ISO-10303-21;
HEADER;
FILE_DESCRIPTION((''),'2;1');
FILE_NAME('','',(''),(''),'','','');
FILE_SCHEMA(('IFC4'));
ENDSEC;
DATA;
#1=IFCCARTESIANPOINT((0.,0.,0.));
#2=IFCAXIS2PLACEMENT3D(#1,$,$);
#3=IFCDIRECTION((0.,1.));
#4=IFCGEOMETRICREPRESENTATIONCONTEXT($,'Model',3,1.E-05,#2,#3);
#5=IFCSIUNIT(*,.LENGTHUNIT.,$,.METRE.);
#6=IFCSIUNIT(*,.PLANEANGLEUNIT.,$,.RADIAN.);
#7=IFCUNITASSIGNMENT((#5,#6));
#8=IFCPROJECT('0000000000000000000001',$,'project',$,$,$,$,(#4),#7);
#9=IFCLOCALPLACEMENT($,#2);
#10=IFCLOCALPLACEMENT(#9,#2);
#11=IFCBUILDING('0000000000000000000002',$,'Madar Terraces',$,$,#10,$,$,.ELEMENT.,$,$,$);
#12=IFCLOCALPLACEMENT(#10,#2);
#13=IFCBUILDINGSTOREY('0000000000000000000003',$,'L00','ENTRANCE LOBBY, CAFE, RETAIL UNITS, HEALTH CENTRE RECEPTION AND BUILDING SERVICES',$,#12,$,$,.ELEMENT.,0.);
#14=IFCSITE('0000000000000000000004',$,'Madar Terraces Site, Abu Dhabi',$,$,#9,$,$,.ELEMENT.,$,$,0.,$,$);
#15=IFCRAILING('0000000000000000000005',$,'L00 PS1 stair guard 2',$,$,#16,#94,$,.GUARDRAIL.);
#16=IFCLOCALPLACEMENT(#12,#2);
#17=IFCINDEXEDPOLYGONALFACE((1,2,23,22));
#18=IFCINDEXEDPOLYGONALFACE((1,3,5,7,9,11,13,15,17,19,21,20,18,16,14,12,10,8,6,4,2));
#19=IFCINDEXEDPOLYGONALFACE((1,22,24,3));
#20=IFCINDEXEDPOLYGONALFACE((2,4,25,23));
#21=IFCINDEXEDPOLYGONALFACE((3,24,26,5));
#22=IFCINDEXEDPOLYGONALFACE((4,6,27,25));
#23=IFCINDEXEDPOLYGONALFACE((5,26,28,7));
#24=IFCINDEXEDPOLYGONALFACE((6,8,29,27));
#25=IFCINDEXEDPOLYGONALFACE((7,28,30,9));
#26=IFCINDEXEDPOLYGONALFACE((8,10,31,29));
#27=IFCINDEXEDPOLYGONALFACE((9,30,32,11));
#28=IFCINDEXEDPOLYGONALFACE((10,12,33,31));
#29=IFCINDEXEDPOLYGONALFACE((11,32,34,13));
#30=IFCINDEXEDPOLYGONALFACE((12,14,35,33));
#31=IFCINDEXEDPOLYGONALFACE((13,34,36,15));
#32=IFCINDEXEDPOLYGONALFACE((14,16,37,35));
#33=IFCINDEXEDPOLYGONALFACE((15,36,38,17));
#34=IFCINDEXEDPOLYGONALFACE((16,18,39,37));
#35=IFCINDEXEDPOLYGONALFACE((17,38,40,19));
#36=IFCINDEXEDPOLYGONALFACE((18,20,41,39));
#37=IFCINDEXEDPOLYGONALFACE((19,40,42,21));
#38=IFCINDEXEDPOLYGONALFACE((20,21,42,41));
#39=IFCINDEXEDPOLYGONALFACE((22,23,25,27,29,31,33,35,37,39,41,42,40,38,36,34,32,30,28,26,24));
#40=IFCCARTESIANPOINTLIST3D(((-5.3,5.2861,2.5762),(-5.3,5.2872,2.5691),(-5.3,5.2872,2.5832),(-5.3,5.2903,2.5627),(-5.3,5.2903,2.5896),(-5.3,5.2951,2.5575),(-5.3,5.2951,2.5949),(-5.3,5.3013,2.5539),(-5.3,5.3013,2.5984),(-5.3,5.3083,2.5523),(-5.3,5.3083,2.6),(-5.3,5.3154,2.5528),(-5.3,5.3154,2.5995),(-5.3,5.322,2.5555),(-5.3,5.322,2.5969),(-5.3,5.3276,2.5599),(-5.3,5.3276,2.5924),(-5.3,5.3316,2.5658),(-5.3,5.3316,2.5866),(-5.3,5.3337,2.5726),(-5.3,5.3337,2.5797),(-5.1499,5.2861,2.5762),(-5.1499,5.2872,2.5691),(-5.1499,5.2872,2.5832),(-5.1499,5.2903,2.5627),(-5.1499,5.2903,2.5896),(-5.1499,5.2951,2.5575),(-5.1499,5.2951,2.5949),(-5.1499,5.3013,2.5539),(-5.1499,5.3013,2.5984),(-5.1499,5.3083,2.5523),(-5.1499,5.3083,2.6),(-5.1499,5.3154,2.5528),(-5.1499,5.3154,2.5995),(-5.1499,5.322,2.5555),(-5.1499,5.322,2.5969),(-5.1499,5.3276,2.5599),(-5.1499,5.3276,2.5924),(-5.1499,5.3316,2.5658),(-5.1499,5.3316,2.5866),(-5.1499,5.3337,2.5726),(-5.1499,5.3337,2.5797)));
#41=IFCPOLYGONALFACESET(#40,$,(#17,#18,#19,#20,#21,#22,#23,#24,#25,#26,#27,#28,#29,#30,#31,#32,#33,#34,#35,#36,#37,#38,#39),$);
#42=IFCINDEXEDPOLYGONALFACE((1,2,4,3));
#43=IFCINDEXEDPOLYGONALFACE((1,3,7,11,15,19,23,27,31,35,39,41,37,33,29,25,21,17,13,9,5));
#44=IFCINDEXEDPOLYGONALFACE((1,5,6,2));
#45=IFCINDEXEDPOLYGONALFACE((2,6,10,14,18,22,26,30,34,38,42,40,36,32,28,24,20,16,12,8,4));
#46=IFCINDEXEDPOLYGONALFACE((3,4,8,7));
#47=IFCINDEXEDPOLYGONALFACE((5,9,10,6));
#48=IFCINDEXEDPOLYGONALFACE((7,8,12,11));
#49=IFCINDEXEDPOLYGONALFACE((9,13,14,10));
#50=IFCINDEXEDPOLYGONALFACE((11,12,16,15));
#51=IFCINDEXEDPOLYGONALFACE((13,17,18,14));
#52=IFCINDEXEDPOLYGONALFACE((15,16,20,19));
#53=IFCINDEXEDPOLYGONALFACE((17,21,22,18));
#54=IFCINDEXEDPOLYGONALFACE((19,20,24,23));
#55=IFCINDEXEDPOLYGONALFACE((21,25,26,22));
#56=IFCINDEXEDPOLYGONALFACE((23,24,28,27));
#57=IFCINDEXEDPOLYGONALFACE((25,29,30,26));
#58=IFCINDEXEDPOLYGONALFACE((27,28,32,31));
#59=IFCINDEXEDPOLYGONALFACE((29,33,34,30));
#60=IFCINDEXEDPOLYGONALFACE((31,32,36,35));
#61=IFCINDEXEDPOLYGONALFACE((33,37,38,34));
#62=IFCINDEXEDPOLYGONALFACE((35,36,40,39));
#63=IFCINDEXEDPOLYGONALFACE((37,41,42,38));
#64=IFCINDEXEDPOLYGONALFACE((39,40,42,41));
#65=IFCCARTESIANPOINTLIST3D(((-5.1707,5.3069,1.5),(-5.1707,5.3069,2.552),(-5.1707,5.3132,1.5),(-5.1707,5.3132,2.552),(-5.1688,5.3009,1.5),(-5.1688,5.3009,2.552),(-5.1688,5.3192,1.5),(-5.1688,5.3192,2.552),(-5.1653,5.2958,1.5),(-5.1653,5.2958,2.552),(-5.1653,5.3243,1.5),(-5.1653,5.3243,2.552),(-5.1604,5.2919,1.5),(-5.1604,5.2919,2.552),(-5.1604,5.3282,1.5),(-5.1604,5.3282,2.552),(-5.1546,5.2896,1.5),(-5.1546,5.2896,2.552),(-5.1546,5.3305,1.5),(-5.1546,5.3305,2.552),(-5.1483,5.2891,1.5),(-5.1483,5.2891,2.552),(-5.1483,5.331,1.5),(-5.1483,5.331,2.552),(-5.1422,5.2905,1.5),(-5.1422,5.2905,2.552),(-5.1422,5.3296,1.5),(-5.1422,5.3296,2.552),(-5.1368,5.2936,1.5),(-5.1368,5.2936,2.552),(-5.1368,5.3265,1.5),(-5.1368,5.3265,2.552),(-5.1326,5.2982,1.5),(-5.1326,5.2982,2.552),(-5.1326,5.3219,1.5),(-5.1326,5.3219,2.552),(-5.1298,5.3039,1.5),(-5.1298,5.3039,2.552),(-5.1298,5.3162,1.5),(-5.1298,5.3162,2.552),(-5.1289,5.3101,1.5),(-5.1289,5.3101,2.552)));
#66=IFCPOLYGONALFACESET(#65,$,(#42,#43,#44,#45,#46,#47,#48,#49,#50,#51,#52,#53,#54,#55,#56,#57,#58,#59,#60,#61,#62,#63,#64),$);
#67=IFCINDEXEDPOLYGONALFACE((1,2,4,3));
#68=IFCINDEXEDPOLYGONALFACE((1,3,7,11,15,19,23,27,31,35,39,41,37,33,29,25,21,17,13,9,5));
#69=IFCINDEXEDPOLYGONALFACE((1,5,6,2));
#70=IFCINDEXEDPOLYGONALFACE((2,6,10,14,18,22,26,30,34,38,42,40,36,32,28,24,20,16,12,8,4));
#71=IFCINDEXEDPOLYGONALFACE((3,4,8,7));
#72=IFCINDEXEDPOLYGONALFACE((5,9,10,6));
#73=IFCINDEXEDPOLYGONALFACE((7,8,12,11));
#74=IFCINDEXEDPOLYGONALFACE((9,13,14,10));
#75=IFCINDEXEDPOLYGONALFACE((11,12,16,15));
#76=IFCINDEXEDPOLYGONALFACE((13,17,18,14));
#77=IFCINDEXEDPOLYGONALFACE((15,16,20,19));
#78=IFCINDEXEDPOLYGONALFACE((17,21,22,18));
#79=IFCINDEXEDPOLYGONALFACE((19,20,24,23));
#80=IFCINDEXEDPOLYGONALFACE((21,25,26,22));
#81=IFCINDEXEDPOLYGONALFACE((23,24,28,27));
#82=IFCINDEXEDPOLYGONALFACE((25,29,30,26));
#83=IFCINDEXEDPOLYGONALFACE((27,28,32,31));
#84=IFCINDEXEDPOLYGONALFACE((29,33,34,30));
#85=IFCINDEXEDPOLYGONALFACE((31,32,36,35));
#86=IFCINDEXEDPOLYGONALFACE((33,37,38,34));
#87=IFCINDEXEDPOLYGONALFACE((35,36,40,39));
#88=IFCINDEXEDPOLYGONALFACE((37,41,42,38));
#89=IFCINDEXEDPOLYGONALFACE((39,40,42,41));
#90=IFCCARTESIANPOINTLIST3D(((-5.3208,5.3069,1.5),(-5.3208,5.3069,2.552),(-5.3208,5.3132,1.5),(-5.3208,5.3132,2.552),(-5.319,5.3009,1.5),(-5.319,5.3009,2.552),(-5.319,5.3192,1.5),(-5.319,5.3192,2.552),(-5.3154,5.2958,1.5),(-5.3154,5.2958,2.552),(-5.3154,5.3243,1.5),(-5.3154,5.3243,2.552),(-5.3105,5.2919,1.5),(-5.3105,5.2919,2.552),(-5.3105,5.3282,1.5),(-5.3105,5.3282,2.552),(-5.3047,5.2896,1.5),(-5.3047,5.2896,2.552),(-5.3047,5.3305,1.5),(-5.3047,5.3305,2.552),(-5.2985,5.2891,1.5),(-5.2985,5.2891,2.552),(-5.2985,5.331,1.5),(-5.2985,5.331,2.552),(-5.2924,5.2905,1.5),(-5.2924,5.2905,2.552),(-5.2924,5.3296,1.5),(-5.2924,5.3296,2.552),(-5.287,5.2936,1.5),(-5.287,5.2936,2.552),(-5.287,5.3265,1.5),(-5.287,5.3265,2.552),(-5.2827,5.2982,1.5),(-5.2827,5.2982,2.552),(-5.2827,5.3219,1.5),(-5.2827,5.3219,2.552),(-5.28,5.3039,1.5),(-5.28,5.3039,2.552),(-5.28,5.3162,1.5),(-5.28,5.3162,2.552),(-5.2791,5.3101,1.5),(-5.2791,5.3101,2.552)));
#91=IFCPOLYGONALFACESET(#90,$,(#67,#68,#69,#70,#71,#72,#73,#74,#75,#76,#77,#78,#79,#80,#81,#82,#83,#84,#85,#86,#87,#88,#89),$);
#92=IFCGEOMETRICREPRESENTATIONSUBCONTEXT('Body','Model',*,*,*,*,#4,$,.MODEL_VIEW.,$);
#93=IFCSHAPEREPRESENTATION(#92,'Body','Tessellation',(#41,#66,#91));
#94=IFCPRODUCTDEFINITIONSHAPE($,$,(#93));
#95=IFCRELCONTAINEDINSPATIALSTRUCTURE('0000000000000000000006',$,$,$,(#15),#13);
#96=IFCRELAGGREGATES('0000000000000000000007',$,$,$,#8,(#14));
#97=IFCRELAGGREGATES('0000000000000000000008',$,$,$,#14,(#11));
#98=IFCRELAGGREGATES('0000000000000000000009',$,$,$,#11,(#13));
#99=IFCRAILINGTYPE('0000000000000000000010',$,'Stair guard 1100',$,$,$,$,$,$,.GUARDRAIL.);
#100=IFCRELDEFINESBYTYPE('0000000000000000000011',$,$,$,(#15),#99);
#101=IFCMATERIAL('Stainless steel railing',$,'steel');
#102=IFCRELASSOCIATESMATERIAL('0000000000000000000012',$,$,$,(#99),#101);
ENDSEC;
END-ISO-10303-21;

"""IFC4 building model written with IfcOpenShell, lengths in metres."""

from ifc_helpers import new_model, si_unit, direction, frame, origin, origin_2d, place, context, subcontext, project, spatial, circle, extrude, material, type_object, element, save


model = new_model("IFC4")

# Units and contexts
model_context = context("Model", 3, precision=1e-05, world=origin(), true_north=direction((0.0, 1.0)))
body_context = subcontext(model_context, "Body", "Model", "MODEL_VIEW")
ifc_project = project(units=[si_unit("LENGTHUNIT", "METRE"), si_unit("PLANEANGLEUNIT", "RADIAN")], contexts=[model_context])

# Site, building, storey
site_placement = place(None, origin())
site = spatial("IfcSite", under=ifc_project, at=site_placement, Name="Madar Terraces Site, Abu Dhabi", CompositionType="ELEMENT", RefElevation=0.0)
building_placement = place(site_placement, origin())
building = spatial("IfcBuilding", under=site, at=building_placement, Name="Madar Terraces", CompositionType="ELEMENT")
storey_placement = place(building_placement, origin())
storey = spatial("IfcBuildingStorey", under=building, at=storey_placement, Name="L00", Description="ENTRANCE LOBBY, CAFE, RETAIL UNITS, HEALTH CENTRE RECEPTION AND BUILDING SERVICES", CompositionType="ELEMENT", Elevation=0.0)

# Railing
ifc_material_1 = material(Name="Stainless steel railing", Category="steel")
railing_type_1 = type_object("IfcRailingType", Name="Stair guard 1100", PredefinedType="GUARDRAIL", material=ifc_material_1)
railing_1_placement = place(storey_placement, frame((-5.1499, 5.3101, 1.5)))
element("IfcRailing", 1, at=railing_1_placement, inside=storey, type_object=railing_type_1, Name="L00 PS1 stair guard 2", PredefinedType="GUARDRAIL", context=body_context, shape_type="SweptSolid", body=[
    extrude(circle(Radius=0.0239, at=origin_2d()), frame((0.0, 0.0, 1.0762), z_axis=(-1.0, 0.0, 0.0), x_axis=(0.0, -1.0, 0.0)), (0.0, 0.0, 1.0), 0.1501),
    extrude(circle(Radius=0.021, at=origin_2d()), origin(), (0.0, 0.0, 1.0), 1.052),
    extrude(circle(Radius=0.021, at=origin_2d()), frame((-0.1501, 0.0, 0.0)), (0.0, 0.0, 1.0), 1.052),
])

save(model, "model.ifc")
